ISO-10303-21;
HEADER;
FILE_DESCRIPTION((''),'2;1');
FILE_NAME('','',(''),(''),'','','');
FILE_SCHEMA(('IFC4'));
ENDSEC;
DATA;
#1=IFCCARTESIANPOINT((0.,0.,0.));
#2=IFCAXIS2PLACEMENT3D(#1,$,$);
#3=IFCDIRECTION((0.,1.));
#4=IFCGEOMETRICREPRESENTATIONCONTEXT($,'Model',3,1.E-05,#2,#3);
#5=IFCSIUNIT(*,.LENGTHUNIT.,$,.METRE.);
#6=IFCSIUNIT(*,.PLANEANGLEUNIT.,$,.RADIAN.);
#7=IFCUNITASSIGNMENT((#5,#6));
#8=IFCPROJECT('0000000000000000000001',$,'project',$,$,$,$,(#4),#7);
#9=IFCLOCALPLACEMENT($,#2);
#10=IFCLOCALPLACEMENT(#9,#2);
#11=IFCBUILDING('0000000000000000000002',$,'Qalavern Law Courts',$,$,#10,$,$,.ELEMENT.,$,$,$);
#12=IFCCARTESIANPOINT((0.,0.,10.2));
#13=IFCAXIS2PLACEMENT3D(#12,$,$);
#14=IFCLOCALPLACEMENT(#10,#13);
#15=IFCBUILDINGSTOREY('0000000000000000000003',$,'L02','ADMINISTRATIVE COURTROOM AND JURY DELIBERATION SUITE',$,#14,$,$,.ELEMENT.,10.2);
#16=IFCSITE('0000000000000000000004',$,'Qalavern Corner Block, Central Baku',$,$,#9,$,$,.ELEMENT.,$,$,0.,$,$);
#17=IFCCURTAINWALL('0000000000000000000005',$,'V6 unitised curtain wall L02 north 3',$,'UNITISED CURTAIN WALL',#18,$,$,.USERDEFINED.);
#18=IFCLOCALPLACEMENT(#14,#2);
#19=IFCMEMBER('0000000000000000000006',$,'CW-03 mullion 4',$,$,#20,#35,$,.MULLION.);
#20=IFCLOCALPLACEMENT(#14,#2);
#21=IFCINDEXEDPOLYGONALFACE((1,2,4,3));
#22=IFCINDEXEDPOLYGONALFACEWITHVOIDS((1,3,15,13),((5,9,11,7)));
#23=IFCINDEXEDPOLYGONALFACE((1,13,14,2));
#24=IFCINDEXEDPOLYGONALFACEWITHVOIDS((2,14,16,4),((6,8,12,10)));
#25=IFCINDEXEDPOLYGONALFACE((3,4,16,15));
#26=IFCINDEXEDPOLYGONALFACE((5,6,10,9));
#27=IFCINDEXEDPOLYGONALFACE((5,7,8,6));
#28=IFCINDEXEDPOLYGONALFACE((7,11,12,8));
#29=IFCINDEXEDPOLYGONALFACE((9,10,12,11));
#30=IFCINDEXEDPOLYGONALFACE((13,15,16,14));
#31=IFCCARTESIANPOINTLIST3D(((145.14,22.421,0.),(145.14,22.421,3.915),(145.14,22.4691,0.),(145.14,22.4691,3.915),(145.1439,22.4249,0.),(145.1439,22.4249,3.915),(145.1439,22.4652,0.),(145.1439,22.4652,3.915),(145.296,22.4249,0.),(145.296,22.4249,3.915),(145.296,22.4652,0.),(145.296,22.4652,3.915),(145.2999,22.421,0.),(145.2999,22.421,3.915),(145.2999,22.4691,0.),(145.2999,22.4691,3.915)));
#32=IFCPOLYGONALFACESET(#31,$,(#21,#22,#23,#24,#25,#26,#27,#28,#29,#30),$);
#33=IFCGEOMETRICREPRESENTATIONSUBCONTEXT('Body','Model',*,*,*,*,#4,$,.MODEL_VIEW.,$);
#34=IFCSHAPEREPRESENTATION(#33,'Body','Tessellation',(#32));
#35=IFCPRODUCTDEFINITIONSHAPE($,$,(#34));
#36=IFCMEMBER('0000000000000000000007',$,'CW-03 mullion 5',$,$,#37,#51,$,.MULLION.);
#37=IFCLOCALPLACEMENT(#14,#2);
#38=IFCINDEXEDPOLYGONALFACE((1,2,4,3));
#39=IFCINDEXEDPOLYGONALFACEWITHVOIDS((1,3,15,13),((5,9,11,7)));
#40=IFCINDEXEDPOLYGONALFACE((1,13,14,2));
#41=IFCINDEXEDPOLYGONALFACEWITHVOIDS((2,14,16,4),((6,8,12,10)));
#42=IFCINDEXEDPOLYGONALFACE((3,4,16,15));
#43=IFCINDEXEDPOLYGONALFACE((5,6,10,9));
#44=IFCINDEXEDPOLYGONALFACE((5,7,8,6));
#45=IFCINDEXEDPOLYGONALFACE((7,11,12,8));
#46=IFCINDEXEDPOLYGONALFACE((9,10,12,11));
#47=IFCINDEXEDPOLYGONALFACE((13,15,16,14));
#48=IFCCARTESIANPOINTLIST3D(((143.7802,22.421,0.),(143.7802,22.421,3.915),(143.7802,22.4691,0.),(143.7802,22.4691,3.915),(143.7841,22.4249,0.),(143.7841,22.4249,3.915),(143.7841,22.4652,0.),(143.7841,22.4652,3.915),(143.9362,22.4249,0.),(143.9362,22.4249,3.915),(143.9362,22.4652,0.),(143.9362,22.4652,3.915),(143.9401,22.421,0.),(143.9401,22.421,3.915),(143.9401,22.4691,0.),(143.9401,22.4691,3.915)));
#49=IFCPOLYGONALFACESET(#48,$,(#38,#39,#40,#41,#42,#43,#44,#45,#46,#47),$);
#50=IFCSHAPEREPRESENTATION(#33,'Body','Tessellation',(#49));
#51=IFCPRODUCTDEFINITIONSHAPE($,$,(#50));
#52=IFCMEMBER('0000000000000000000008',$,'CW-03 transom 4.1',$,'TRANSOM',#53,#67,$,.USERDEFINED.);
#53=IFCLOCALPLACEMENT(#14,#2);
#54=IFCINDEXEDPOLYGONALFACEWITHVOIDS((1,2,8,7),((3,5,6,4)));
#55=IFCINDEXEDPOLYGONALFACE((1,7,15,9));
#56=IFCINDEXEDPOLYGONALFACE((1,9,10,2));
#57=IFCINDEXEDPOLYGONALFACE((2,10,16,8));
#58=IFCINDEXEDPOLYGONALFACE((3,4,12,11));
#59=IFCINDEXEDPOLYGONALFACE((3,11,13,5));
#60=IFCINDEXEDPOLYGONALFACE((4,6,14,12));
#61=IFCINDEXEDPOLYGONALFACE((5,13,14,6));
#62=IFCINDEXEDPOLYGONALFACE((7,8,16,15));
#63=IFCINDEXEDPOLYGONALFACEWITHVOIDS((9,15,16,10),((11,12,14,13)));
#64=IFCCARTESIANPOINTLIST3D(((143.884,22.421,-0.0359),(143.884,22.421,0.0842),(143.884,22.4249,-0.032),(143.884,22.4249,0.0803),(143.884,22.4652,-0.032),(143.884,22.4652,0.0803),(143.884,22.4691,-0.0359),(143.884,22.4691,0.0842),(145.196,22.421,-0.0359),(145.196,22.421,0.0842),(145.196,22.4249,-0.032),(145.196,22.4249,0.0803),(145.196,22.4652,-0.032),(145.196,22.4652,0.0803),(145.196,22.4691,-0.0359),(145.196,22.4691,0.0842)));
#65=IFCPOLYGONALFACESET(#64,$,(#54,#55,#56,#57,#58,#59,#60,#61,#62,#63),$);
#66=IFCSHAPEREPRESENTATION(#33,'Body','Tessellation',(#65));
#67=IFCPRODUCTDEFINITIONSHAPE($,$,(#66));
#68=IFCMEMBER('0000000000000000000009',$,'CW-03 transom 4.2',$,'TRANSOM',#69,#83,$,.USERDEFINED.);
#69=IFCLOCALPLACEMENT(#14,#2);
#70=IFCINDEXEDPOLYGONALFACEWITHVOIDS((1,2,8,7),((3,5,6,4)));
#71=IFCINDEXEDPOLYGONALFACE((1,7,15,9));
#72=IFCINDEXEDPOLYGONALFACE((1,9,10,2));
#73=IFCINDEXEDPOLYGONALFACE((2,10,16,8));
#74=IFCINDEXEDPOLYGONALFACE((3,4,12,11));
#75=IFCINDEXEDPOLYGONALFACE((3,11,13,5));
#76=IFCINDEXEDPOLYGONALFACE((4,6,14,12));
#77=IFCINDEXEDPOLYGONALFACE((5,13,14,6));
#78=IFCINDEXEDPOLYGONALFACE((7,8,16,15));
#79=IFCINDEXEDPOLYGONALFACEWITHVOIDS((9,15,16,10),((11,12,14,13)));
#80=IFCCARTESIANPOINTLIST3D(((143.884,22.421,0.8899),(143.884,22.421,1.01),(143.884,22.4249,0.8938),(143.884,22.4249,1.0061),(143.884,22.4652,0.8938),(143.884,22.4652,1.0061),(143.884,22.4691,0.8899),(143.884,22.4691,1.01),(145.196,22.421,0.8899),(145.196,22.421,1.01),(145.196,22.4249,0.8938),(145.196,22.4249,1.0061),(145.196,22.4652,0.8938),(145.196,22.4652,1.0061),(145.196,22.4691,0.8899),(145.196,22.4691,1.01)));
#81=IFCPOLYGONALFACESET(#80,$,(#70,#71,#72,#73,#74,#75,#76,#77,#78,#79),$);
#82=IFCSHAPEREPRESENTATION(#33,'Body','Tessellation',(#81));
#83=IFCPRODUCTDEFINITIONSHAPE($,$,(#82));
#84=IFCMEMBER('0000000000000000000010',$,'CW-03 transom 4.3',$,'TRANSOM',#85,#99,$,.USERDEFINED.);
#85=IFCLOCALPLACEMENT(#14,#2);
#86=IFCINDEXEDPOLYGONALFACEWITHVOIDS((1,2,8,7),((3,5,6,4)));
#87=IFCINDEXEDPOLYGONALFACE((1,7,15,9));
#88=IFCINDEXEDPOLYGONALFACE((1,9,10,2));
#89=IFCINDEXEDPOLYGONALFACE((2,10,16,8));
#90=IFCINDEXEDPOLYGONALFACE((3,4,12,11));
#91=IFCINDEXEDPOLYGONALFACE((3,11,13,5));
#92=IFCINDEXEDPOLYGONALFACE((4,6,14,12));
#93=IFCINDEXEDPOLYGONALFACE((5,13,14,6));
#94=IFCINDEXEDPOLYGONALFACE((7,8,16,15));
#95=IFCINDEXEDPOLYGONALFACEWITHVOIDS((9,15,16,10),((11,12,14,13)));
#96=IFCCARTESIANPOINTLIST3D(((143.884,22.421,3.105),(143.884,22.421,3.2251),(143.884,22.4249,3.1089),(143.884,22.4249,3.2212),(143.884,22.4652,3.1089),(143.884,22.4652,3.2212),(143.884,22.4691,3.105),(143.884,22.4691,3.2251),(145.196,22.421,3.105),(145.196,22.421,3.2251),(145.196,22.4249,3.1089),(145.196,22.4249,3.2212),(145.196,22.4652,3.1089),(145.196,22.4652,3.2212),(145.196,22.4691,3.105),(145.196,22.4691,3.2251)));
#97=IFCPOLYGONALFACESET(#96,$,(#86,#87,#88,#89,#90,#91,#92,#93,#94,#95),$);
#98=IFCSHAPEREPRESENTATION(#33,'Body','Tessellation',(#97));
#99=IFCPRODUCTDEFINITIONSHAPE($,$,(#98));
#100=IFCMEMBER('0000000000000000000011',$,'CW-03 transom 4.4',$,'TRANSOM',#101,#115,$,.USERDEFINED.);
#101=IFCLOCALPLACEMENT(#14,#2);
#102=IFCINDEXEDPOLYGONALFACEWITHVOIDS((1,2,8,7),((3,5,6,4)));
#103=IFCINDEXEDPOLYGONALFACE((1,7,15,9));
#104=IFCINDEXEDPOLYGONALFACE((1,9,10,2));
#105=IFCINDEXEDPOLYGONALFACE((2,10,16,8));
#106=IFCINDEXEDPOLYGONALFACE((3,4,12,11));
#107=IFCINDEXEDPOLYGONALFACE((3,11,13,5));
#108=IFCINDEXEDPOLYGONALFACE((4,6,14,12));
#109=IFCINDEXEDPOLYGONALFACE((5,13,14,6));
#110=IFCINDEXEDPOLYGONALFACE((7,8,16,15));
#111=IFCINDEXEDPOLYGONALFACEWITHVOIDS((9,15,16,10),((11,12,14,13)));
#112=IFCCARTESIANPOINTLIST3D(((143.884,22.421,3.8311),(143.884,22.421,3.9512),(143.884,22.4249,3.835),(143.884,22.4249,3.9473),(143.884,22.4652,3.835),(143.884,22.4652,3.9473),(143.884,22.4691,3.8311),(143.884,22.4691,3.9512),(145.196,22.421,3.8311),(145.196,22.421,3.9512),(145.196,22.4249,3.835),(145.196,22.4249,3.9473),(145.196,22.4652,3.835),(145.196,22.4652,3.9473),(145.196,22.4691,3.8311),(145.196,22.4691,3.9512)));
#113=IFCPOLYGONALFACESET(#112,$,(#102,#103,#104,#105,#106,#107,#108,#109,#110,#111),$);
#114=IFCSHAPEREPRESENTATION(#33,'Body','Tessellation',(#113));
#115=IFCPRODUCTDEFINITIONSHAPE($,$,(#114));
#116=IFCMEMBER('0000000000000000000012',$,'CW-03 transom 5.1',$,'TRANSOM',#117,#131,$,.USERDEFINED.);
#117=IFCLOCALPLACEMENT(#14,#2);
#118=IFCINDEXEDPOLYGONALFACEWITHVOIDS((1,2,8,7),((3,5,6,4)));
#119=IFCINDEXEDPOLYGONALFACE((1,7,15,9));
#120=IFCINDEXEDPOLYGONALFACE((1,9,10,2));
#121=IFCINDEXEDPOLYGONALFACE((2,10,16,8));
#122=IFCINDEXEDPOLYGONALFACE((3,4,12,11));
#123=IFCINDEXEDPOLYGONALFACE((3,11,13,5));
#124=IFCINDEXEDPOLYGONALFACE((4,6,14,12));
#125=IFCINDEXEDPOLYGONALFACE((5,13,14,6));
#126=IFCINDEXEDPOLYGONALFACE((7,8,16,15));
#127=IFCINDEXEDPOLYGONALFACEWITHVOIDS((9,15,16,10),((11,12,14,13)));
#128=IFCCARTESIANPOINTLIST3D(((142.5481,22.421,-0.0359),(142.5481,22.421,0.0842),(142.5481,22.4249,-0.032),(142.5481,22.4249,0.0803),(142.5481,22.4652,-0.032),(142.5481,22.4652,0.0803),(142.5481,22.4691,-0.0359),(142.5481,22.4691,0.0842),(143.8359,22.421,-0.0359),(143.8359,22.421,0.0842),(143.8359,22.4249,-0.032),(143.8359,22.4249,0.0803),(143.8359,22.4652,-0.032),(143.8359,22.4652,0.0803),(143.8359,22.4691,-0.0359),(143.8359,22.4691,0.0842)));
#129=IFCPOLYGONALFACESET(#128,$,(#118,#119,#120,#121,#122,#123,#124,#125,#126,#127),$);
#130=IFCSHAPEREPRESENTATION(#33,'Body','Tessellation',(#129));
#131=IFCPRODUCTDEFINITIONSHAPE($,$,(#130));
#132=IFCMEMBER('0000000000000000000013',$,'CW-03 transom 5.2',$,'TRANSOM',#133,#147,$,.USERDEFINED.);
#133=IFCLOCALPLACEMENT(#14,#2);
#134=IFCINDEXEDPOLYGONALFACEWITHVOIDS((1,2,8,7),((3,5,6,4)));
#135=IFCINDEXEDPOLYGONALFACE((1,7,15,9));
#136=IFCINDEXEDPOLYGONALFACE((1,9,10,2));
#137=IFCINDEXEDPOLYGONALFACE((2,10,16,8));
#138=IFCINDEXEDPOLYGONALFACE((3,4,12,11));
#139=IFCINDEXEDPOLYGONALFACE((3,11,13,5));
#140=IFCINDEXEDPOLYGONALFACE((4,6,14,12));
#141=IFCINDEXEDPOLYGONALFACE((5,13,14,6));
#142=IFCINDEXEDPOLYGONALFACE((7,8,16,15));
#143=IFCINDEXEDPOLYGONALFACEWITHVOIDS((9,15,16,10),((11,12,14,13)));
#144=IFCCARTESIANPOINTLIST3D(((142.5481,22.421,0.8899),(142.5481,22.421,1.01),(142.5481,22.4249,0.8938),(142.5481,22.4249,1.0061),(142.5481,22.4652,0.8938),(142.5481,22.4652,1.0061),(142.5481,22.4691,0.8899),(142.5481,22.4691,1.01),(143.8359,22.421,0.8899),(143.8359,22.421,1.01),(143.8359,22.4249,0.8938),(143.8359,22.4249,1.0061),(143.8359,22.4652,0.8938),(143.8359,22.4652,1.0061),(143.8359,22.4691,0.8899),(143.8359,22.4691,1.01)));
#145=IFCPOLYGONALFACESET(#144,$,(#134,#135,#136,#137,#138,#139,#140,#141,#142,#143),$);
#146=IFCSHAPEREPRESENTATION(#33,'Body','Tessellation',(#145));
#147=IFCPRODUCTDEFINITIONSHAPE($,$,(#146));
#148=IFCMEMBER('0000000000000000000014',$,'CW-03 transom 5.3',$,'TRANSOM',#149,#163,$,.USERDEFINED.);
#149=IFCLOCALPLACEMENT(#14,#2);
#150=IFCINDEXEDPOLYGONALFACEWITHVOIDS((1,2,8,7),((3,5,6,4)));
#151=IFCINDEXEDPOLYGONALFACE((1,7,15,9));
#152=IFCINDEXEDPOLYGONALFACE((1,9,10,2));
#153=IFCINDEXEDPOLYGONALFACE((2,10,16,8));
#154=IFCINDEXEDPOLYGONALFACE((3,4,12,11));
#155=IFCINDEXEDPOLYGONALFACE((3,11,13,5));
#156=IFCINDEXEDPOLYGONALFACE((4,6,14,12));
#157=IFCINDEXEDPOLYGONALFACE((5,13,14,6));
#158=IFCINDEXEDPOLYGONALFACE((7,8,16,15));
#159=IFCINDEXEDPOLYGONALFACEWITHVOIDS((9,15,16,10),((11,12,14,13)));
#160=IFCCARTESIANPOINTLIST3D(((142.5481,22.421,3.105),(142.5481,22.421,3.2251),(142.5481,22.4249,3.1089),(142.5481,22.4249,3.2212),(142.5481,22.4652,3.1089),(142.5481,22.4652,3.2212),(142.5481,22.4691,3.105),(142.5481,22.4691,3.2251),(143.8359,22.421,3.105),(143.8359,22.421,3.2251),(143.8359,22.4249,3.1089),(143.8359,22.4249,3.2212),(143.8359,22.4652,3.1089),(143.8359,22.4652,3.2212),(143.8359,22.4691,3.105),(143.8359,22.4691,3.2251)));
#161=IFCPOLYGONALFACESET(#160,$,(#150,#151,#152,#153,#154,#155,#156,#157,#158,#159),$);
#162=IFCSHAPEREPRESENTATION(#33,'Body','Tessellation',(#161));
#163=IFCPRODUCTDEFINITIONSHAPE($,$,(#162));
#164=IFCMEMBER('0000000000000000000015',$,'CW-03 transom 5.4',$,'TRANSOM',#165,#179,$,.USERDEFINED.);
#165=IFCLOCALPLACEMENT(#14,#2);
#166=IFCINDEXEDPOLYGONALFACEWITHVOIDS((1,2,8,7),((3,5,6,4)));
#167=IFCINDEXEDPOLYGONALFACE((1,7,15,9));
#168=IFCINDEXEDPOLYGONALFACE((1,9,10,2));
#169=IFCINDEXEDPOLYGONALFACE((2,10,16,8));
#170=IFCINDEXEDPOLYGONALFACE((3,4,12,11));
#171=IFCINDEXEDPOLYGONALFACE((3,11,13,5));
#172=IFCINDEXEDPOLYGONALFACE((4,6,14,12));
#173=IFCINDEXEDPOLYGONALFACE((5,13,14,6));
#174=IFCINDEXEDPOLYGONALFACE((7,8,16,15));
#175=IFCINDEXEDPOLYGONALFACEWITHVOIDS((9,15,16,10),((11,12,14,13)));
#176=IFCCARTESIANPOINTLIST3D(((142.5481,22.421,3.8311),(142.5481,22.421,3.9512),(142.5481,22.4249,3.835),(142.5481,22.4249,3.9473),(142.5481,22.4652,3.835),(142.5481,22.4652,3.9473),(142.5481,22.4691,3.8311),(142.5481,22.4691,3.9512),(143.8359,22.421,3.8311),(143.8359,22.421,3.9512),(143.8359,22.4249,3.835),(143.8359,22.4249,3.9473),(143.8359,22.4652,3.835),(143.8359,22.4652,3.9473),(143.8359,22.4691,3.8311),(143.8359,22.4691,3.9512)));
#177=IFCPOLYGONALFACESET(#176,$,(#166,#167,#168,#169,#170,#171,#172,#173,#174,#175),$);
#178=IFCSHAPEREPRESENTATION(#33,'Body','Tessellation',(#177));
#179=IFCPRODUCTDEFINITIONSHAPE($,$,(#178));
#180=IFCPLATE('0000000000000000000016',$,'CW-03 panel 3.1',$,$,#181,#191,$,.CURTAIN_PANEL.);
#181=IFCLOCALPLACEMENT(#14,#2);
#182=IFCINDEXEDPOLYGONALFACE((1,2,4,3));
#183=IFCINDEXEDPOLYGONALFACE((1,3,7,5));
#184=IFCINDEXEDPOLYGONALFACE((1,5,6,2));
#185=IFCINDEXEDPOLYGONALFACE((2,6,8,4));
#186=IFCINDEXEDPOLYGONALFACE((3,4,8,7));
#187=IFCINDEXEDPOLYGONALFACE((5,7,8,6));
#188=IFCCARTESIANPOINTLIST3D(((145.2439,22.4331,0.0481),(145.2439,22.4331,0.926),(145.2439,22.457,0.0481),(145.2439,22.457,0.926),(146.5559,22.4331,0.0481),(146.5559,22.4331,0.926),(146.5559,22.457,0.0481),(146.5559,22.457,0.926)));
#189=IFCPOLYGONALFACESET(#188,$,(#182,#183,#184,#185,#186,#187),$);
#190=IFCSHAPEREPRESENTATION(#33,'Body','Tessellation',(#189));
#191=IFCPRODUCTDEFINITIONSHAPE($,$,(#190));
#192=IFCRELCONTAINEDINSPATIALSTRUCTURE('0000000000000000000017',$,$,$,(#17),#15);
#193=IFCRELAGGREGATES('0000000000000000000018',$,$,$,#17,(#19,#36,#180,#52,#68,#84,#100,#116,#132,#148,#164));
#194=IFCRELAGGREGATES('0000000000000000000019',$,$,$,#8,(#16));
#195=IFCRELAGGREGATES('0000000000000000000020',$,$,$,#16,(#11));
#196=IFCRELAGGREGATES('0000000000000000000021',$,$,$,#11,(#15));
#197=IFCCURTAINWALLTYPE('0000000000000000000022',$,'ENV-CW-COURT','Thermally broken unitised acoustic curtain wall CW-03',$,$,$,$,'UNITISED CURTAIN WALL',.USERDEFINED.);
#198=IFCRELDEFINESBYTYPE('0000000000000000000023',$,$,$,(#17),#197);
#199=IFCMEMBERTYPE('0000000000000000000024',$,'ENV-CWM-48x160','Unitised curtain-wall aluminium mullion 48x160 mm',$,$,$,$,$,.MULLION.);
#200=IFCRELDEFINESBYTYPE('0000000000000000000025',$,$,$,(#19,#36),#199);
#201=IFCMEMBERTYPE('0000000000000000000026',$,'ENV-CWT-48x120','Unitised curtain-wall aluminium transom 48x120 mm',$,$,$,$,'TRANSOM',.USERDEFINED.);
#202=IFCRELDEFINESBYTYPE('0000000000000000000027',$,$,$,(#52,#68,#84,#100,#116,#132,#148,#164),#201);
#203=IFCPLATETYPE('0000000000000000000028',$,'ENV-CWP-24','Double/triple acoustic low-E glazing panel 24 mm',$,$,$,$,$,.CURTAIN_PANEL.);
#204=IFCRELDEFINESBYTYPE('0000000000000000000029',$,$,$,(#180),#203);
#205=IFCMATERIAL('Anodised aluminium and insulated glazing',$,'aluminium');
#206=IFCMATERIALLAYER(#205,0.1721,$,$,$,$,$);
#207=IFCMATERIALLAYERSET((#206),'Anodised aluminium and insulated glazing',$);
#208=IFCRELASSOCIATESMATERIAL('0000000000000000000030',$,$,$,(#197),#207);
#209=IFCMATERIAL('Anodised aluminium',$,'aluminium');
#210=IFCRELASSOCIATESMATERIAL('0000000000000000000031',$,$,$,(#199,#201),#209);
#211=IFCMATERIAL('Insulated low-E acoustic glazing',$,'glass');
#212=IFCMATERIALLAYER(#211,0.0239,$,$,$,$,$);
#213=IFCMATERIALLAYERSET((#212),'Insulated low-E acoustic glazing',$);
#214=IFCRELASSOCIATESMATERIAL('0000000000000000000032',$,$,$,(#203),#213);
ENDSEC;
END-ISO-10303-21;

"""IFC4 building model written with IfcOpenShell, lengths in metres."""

from ifc_helpers import new_model, si_unit, direction, frame, origin, origin_2d, place, context, subcontext, project, spatial, rectangle, hollow_rectangle, extrude, material, layer, layer_set, material_profile, profile_set, type_object, element, aggregate, save


model = new_model("IFC4")

# Units and contexts
model_context = context("Model", 3, precision=1e-05, world=origin(), true_north=direction((0.0, 1.0)))
body_context = subcontext(model_context, "Body", "Model", "MODEL_VIEW")
ifc_project = project(units=[si_unit("LENGTHUNIT", "METRE"), si_unit("PLANEANGLEUNIT", "RADIAN")], contexts=[model_context])

# Site, building, storey
site_placement = place(None, origin())
site = spatial("IfcSite", under=ifc_project, at=site_placement, Name="Qalavern Corner Block, Central Baku", CompositionType="ELEMENT", RefElevation=0.0)
building_placement = place(site_placement, origin())
building = spatial("IfcBuilding", under=site, at=building_placement, Name="Qalavern Law Courts", CompositionType="ELEMENT")
storey_placement = place(building_placement, frame((0.0, 0.0, 10.2)))
storey = spatial("IfcBuildingStorey", under=building, at=storey_placement, Name="L02", Description="ADMINISTRATIVE COURTROOM AND JURY DELIBERATION SUITE", CompositionType="ELEMENT", Elevation=10.2)

# Curtain wall, members, plate
ifc_material_1 = material(Name="Anodised aluminium and insulated glazing", Category="aluminium")
ifc_layer_1 = layer(ifc_material_1, 0.1721)
ifc_layer_set_1 = layer_set([ifc_layer_1], Name="Anodised aluminium and insulated glazing")
curtain_wall_type = type_object("IfcCurtainWallType", Name="ENV-CW-COURT", Description="Thermally broken unitised acoustic curtain wall CW-03", ElementType="UNITISED CURTAIN WALL", PredefinedType="USERDEFINED", material=ifc_layer_set_1)
curtain_wall_placement = place(storey_placement, origin())
curtain_wall = element("IfcCurtainWall", 1, at=curtain_wall_placement, inside=storey, type_object=curtain_wall_type, Name="V6 unitised curtain wall L02 north 3", ObjectType="UNITISED CURTAIN WALL", PredefinedType="USERDEFINED")
ifc_material_2 = material(Name="Anodised aluminium", Category="aluminium")
ifc_material_profile_1 = material_profile(ifc_material_2, hollow_rectangle(XDim=0.0481, YDim=0.1599, WallThickness=0.0039, at=origin_2d()), Name="ALU MULLION 48x160")
ifc_profile_set_1 = profile_set([ifc_material_profile_1], Name="Anodised aluminium")
member_type_1 = type_object("IfcMemberType", Name="ENV-CWM-48x160", Description="Unitised curtain-wall aluminium mullion 48x160 mm", PredefinedType="MULLION", material=ifc_profile_set_1)
member_1_placement = place(storey_placement, frame((145.22, 22.4451, 0.0), z_axis=(0.0, 0.0, 1.0), x_axis=(0.0, -1.0, 0.0)))
member_1 = element("IfcMember", 2, at=member_1_placement, type_object=member_type_1, Name="CW-03 mullion 4", PredefinedType="MULLION", context=body_context, shape_type="SweptSolid", body=[
    extrude(hollow_rectangle(XDim=0.0481, YDim=0.1599, WallThickness=0.0039, at=origin_2d()), origin(), (0.0, 0.0, 1.0), 3.915),
])
member_2_placement = place(storey_placement, frame((143.8601, 22.4451, 0.0), z_axis=(0.0, 0.0, 1.0), x_axis=(0.0, -1.0, 0.0)))
member_2 = element("IfcMember", 3, at=member_2_placement, type_object=member_type_1, Name="CW-03 mullion 5", PredefinedType="MULLION", context=body_context, shape_type="SweptSolid", body=[
    extrude(hollow_rectangle(XDim=0.0481, YDim=0.1599, WallThickness=0.0039, at=origin_2d()), origin(), (0.0, 0.0, 1.0), 3.915),
])
ifc_material_profile_2 = material_profile(ifc_material_2, hollow_rectangle(XDim=0.0481, YDim=0.1201, WallThickness=0.0039, at=origin_2d()), Name="ALU TRANSOM 48x120")
ifc_profile_set_2 = profile_set([ifc_material_profile_2], Name="Anodised aluminium")
member_type_2 = type_object("IfcMemberType", Name="ENV-CWT-48x120", Description="Unitised curtain-wall aluminium transom 48x120 mm", ElementType="TRANSOM", PredefinedType="USERDEFINED", material=ifc_profile_set_2)
member_3_placement = place(storey_placement, frame((145.196, 22.4451, 0.0242), z_axis=(-1.0, 0.0, 0.0), x_axis=(0.0, -1.0, 0.0)))
member_3 = element("IfcMember", 4, at=member_3_placement, type_object=member_type_2, Name="CW-03 transom 4.1", ObjectType="TRANSOM", PredefinedType="USERDEFINED", context=body_context, shape_type="SweptSolid", body=[
    extrude(hollow_rectangle(XDim=0.0481, YDim=0.1201, WallThickness=0.0039, at=origin_2d()), origin(), (0.0, 0.0, 1.0), 1.312),
])
member_4_placement = place(storey_placement, frame((145.196, 22.4451, 0.95), z_axis=(-1.0, 0.0, 0.0), x_axis=(0.0, -1.0, 0.0)))
member_4 = element("IfcMember", 5, at=member_4_placement, type_object=member_type_2, Name="CW-03 transom 4.2", ObjectType="TRANSOM", PredefinedType="USERDEFINED", context=body_context, shape_type="SweptSolid", body=[
    extrude(hollow_rectangle(XDim=0.0481, YDim=0.1201, WallThickness=0.0039, at=origin_2d()), origin(), (0.0, 0.0, 1.0), 1.312),
])
member_5_placement = place(storey_placement, frame((145.196, 22.4451, 3.165), z_axis=(-1.0, 0.0, 0.0), x_axis=(0.0, -1.0, 0.0)))
member_5 = element("IfcMember", 6, at=member_5_placement, type_object=member_type_2, Name="CW-03 transom 4.3", ObjectType="TRANSOM", PredefinedType="USERDEFINED", context=body_context, shape_type="SweptSolid", body=[
    extrude(hollow_rectangle(XDim=0.0481, YDim=0.1201, WallThickness=0.0039, at=origin_2d()), origin(), (0.0, 0.0, 1.0), 1.312),
])
member_6_placement = place(storey_placement, frame((145.196, 22.4451, 3.8911), z_axis=(-1.0, 0.0, 0.0), x_axis=(0.0, -1.0, 0.0)))
member_6 = element("IfcMember", 7, at=member_6_placement, type_object=member_type_2, Name="CW-03 transom 4.4", ObjectType="TRANSOM", PredefinedType="USERDEFINED", context=body_context, shape_type="SweptSolid", body=[
    extrude(hollow_rectangle(XDim=0.0481, YDim=0.1201, WallThickness=0.0039, at=origin_2d()), origin(), (0.0, 0.0, 1.0), 1.312),
])
member_7_placement = place(storey_placement, frame((143.8359, 22.4451, 0.0242), z_axis=(-1.0, 0.0, 0.0), x_axis=(0.0, -1.0, 0.0)))
member_7 = element("IfcMember", 8, at=member_7_placement, type_object=member_type_2, Name="CW-03 transom 5.1", ObjectType="TRANSOM", PredefinedType="USERDEFINED", context=body_context, shape_type="SweptSolid", body=[
    extrude(hollow_rectangle(XDim=0.0481, YDim=0.1201, WallThickness=0.0039, at=origin_2d()), origin(), (0.0, 0.0, 1.0), 1.2878),
])
member_8_placement = place(storey_placement, frame((143.8359, 22.4451, 0.95), z_axis=(-1.0, 0.0, 0.0), x_axis=(0.0, -1.0, 0.0)))
member_8 = element("IfcMember", 9, at=member_8_placement, type_object=member_type_2, Name="CW-03 transom 5.2", ObjectType="TRANSOM", PredefinedType="USERDEFINED", context=body_context, shape_type="SweptSolid", body=[
    extrude(hollow_rectangle(XDim=0.0481, YDim=0.1201, WallThickness=0.0039, at=origin_2d()), origin(), (0.0, 0.0, 1.0), 1.2878),
])
member_9_placement = place(storey_placement, frame((143.8359, 22.4451, 3.165), z_axis=(-1.0, 0.0, 0.0), x_axis=(0.0, -1.0, 0.0)))
member_9 = element("IfcMember", 10, at=member_9_placement, type_object=member_type_2, Name="CW-03 transom 5.3", ObjectType="TRANSOM", PredefinedType="USERDEFINED", context=body_context, shape_type="SweptSolid", body=[
    extrude(hollow_rectangle(XDim=0.0481, YDim=0.1201, WallThickness=0.0039, at=origin_2d()), origin(), (0.0, 0.0, 1.0), 1.2878),
])
member_10_placement = place(storey_placement, frame((143.8359, 22.4451, 3.8911), z_axis=(-1.0, 0.0, 0.0), x_axis=(0.0, -1.0, 0.0)))
member_10 = element("IfcMember", 11, at=member_10_placement, type_object=member_type_2, Name="CW-03 transom 5.4", ObjectType="TRANSOM", PredefinedType="USERDEFINED", context=body_context, shape_type="SweptSolid", body=[
    extrude(hollow_rectangle(XDim=0.0481, YDim=0.1201, WallThickness=0.0039, at=origin_2d()), origin(), (0.0, 0.0, 1.0), 1.2878),
])
ifc_material_3 = material(Name="Insulated low-E acoustic glazing", Category="glass")
ifc_layer_2 = layer(ifc_material_3, 0.0239)
ifc_layer_set_2 = layer_set([ifc_layer_2], Name="Insulated low-E acoustic glazing")
plate_type = type_object("IfcPlateType", Name="ENV-CWP-24", Description="Double/triple acoustic low-E glazing panel 24 mm", PredefinedType="CURTAIN_PANEL", material=ifc_layer_set_2)
plate_1_placement = place(storey_placement, frame((145.8999, 22.4451, 0.0481), z_axis=(0.0, 0.0, 1.0), x_axis=(-1.0, 0.0, 0.0)))
plate_1 = element("IfcPlate", 12, at=plate_1_placement, type_object=plate_type, Name="CW-03 panel 3.1", PredefinedType="CURTAIN_PANEL", context=body_context, shape_type="SweptSolid", body=[
    extrude(rectangle(XDim=1.312, YDim=0.0239, at=origin_2d()), origin(), (0.0, 0.0, 1.0), 0.8779),
])
aggregate(curtain_wall, [member_1, member_2, plate_1, member_3, member_4, member_5, member_6, member_7, member_8, member_9, member_10])

save(model, "model.ifc")
